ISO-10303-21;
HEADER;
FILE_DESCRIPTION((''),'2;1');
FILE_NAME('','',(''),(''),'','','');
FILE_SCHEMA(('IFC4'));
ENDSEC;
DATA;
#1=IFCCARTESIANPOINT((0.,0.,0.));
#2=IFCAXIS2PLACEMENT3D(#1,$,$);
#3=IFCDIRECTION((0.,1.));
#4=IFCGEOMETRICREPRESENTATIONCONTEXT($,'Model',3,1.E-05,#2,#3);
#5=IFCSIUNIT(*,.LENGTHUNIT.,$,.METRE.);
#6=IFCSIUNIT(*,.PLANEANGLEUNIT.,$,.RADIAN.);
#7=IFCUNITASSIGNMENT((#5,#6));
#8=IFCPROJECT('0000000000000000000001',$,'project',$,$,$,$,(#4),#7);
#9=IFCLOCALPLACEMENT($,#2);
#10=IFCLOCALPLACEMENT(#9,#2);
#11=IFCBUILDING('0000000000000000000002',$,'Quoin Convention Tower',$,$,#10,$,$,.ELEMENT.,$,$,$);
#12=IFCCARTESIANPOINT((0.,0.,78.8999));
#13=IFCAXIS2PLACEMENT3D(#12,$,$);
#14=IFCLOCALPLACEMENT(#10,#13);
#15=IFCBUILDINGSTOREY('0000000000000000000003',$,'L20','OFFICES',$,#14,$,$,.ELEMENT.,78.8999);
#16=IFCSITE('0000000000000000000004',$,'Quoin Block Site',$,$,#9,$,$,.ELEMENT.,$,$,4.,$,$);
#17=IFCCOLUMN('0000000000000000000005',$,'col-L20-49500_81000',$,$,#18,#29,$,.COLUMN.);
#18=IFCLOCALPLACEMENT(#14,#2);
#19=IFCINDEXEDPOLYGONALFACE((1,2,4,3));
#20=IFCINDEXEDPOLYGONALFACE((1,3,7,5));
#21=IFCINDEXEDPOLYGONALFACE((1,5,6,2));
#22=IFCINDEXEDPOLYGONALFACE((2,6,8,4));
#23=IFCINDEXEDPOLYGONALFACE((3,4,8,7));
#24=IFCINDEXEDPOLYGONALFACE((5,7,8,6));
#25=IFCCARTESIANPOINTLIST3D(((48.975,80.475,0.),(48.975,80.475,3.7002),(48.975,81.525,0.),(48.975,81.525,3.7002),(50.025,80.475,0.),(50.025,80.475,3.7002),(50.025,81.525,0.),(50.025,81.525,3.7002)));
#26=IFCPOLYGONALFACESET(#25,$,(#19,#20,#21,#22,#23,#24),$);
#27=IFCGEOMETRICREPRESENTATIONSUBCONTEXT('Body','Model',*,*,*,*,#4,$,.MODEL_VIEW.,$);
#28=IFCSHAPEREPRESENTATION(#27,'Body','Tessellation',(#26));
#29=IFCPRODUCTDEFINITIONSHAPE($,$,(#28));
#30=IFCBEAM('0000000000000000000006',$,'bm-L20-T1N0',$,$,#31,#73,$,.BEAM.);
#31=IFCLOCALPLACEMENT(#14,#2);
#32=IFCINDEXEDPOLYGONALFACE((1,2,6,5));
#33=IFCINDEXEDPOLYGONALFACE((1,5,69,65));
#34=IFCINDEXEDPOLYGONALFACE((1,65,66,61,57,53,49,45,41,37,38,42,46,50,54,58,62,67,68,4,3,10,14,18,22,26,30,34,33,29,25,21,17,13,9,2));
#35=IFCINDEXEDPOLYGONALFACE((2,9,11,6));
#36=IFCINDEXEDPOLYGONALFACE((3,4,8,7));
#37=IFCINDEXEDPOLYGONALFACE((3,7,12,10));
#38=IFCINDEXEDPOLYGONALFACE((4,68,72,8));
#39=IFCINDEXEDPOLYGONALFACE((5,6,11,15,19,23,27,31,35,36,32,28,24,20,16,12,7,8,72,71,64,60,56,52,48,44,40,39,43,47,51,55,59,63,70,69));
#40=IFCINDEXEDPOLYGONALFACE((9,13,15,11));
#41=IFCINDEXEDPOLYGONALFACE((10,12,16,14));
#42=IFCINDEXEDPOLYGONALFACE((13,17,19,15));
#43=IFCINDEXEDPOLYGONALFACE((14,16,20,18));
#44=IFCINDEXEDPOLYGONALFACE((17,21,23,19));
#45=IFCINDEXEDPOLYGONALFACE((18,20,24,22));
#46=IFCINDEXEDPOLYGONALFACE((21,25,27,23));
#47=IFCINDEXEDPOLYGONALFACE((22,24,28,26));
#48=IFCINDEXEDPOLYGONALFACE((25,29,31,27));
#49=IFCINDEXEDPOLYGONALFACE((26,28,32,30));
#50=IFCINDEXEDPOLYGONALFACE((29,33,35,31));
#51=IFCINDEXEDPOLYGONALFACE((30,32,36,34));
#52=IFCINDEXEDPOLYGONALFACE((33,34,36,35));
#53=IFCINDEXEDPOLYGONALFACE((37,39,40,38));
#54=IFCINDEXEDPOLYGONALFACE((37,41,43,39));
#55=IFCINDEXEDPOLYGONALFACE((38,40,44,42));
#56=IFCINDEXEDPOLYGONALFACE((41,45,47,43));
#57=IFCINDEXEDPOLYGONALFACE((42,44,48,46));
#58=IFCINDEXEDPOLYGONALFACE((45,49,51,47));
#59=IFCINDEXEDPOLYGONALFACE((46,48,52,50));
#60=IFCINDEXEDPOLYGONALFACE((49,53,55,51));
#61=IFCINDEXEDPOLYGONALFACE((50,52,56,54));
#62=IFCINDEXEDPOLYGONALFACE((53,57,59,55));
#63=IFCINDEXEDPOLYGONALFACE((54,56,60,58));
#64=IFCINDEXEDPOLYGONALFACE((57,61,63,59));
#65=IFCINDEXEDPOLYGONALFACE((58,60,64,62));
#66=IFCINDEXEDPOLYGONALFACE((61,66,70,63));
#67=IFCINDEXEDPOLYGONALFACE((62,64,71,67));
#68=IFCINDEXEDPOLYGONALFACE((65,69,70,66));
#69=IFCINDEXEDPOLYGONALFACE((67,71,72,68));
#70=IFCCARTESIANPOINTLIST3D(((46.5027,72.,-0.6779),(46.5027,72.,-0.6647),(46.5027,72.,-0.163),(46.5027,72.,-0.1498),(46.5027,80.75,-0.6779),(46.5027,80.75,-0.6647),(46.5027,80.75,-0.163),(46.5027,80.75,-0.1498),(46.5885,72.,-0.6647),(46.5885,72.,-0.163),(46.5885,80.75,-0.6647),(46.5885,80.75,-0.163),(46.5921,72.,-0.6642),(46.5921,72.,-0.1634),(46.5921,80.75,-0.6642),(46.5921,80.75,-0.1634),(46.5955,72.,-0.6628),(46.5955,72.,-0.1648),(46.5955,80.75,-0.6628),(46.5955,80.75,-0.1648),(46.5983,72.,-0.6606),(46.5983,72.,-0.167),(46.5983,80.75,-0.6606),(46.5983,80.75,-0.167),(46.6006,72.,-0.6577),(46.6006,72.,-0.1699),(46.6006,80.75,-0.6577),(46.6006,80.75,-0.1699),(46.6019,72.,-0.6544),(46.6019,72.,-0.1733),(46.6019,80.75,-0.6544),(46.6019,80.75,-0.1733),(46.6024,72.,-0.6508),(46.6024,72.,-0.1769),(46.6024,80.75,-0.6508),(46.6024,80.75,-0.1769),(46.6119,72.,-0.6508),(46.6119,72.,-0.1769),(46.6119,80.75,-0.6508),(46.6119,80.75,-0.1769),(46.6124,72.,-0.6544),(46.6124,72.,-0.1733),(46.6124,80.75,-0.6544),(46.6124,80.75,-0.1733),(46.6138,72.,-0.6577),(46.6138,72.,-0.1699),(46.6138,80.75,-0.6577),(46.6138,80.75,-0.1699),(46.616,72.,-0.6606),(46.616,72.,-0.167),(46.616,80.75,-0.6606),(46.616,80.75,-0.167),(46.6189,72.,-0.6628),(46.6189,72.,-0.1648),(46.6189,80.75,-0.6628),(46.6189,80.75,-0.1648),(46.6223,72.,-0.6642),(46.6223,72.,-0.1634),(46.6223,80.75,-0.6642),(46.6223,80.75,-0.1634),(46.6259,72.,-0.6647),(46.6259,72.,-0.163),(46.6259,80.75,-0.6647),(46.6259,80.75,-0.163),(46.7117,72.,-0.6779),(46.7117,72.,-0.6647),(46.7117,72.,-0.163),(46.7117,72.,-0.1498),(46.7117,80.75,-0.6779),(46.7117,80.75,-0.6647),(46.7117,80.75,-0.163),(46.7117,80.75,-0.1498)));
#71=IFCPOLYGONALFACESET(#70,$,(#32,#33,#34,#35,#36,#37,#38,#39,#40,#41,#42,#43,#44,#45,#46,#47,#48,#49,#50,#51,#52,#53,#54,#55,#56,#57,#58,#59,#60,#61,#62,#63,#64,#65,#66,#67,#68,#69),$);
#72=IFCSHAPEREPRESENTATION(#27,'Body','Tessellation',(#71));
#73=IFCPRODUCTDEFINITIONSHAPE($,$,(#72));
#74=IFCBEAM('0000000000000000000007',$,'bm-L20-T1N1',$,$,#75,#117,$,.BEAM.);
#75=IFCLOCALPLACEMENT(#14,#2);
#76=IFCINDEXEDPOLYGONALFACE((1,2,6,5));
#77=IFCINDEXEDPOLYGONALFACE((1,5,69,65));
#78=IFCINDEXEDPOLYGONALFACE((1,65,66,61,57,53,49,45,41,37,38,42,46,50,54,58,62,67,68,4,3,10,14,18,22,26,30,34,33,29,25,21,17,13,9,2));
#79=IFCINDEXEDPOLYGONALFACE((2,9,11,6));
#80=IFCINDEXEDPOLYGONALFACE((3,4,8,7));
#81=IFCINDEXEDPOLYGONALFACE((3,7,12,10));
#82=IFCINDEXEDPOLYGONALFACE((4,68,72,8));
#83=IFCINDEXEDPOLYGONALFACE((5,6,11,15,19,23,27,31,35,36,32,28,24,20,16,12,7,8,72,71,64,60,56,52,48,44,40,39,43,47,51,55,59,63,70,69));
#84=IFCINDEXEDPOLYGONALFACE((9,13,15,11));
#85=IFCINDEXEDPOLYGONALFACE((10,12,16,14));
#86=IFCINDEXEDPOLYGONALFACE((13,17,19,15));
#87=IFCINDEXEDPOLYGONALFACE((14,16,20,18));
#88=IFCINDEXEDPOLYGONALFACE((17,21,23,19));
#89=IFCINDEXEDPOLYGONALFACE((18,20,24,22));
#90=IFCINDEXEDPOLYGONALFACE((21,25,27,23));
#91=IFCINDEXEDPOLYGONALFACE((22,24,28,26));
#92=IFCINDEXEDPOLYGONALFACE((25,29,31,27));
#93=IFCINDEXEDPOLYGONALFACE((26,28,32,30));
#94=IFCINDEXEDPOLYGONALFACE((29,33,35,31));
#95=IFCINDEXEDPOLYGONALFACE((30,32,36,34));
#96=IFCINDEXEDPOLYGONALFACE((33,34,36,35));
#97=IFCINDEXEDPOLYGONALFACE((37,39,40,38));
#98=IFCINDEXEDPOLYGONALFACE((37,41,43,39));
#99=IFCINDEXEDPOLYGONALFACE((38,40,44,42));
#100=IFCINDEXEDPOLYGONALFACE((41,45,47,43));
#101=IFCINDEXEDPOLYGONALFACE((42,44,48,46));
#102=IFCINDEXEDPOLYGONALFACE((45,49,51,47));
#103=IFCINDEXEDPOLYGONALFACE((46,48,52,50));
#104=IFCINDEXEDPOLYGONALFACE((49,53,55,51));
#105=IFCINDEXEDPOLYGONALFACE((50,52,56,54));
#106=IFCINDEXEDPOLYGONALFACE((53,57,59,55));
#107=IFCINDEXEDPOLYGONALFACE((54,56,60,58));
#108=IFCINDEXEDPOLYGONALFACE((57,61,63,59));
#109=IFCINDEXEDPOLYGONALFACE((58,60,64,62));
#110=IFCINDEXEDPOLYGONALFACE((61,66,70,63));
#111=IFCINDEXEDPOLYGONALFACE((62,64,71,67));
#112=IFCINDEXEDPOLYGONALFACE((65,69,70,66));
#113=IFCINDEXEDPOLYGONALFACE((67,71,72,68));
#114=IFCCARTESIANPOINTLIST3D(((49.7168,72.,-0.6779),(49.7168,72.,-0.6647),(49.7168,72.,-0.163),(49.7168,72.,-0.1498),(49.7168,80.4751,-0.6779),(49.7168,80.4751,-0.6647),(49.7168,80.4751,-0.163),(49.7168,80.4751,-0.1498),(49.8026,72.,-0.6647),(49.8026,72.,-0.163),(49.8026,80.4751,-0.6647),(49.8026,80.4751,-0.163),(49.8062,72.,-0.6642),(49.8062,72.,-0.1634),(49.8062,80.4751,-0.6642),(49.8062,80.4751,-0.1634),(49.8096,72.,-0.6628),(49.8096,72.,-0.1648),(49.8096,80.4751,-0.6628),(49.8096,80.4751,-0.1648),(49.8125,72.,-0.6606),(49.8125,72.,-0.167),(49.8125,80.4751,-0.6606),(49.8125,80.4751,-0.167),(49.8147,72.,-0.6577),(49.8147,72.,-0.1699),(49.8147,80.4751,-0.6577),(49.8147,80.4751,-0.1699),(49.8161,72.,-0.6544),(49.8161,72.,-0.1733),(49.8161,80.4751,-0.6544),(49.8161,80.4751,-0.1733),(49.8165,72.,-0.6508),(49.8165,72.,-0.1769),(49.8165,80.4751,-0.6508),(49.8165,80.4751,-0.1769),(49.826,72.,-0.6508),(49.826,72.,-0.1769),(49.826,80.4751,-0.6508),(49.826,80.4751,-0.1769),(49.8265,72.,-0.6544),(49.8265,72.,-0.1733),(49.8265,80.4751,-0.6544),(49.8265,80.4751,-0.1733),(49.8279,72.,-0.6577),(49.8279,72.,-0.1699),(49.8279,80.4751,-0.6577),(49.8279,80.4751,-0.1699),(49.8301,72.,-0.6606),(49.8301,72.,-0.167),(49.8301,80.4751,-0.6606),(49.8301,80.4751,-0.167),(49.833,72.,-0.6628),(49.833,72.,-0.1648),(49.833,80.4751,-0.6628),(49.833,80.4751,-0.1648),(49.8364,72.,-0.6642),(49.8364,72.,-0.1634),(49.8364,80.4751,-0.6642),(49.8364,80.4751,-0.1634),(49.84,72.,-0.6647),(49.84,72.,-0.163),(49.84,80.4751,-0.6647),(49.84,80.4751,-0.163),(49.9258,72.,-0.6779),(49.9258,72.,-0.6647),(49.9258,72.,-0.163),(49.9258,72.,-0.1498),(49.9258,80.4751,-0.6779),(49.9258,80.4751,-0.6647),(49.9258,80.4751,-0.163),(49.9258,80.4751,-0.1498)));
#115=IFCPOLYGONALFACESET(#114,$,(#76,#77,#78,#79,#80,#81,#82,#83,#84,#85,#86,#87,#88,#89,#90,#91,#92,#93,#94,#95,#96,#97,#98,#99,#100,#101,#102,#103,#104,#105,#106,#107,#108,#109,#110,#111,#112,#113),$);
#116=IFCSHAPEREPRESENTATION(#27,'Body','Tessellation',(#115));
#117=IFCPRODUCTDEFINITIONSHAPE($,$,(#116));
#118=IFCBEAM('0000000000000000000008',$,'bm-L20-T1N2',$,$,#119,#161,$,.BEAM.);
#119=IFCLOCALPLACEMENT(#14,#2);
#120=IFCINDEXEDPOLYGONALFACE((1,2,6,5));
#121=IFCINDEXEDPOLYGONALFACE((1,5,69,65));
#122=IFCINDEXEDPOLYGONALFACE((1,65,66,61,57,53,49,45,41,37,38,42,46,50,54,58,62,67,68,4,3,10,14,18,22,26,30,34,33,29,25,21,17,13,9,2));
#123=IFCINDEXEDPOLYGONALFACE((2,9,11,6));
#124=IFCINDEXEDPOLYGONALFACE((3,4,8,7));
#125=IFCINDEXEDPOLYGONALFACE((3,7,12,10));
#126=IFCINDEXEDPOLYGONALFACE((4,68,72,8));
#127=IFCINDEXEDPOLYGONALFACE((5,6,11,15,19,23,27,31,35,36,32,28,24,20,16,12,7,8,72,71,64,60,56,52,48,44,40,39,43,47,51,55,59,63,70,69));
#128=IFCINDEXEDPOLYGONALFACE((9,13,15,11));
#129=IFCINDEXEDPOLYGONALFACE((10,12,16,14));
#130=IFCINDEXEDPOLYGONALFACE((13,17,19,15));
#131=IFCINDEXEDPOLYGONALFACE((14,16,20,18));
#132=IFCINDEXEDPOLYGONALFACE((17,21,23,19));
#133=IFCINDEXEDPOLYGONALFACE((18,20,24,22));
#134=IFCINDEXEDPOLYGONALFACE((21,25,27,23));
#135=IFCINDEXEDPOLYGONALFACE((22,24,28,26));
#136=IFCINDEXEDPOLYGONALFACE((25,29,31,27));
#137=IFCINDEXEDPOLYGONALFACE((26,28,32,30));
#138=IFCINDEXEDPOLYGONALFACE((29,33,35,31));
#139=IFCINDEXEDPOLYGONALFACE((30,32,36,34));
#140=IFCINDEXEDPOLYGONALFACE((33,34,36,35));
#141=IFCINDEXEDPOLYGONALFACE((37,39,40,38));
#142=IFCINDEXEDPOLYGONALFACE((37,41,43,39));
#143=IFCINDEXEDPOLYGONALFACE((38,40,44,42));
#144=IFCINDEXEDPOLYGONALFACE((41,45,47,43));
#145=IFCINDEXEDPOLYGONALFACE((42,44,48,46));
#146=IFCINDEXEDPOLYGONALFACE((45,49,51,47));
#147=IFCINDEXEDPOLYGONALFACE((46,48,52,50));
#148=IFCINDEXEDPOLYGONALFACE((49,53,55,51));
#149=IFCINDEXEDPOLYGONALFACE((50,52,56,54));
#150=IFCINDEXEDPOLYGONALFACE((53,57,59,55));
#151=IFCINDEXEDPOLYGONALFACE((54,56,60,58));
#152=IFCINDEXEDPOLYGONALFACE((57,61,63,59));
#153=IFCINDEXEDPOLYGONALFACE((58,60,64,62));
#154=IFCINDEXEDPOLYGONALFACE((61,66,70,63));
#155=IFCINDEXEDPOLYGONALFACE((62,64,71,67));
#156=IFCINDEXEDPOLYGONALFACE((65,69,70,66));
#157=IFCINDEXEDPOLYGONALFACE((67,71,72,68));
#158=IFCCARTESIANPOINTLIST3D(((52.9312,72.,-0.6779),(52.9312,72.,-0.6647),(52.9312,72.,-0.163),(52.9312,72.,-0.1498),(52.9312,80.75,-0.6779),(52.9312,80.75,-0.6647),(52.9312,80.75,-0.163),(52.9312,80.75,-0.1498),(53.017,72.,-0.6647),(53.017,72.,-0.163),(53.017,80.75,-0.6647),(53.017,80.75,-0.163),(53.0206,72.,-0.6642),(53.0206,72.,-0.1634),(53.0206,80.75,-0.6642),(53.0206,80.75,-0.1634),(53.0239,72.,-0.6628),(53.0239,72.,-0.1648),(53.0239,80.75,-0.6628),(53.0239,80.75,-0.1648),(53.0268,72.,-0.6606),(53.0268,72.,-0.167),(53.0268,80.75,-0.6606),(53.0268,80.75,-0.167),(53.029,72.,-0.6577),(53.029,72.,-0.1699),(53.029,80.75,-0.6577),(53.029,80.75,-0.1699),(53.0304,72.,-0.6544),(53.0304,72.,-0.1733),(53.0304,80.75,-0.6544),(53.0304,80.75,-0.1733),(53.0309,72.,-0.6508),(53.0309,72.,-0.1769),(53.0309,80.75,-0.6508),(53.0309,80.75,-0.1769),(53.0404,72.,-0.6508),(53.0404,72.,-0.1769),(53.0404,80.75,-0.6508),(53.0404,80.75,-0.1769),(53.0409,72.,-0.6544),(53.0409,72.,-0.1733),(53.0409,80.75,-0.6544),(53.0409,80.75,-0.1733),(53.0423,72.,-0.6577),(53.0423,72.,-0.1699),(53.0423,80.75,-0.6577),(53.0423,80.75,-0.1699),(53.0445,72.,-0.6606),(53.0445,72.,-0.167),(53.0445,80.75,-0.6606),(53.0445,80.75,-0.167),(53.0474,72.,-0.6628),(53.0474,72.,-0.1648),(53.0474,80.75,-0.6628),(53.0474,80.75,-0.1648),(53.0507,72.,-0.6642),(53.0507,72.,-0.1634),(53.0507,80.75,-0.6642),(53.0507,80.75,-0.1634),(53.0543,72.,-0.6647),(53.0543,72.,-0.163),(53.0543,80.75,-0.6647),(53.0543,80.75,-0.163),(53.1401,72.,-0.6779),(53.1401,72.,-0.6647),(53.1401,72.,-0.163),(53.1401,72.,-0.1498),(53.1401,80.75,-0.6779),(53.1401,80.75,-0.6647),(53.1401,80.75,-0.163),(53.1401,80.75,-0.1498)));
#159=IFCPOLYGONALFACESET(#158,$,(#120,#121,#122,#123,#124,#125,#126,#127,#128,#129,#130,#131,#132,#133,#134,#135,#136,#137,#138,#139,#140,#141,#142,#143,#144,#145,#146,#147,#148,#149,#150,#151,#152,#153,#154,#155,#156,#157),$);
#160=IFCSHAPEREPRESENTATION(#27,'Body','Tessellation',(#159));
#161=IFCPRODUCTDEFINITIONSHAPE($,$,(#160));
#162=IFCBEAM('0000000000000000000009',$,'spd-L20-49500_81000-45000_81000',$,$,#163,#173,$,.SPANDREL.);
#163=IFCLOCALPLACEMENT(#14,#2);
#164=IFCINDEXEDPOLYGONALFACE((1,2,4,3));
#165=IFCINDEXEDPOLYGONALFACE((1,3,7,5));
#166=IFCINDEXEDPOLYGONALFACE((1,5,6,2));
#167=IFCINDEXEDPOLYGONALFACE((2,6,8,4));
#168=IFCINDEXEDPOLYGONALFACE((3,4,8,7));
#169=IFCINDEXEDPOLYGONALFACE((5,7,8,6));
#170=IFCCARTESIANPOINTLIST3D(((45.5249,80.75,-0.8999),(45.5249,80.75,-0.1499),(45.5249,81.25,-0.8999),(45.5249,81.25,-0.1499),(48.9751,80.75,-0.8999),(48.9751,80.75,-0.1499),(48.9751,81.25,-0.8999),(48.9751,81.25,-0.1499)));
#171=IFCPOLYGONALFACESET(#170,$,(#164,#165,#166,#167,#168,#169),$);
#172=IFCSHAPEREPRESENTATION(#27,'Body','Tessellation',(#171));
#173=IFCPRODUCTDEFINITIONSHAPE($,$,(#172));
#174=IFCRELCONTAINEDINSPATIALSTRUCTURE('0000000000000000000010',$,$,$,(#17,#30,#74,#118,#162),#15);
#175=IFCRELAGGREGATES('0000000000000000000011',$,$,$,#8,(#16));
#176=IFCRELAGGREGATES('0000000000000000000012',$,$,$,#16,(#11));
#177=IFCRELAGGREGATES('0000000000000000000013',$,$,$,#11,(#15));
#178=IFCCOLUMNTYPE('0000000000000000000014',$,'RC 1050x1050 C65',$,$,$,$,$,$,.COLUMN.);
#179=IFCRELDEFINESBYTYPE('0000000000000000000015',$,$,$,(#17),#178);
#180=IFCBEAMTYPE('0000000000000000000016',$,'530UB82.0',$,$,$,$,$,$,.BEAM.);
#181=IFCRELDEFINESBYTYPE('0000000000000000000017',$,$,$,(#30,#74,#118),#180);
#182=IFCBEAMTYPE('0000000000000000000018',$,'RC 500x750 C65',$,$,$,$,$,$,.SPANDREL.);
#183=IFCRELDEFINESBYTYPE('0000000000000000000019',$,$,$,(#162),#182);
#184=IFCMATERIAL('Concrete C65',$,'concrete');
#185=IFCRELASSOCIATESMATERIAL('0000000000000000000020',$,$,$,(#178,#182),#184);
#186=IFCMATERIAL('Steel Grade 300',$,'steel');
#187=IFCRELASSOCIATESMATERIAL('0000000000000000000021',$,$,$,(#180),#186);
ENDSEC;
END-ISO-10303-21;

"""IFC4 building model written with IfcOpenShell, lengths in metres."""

from ifc_helpers import new_model, si_unit, direction, frame, origin, origin_2d, place, context, subcontext, project, spatial, rectangle, i_section, extrude, material, material_profile, profile_set, type_object, element, save


model = new_model("IFC4")

# Units and contexts
model_context = context("Model", 3, precision=1e-05, world=origin(), true_north=direction((0.0, 1.0)))
body_context = subcontext(model_context, "Body", "Model", "MODEL_VIEW")
ifc_project = project(units=[si_unit("LENGTHUNIT", "METRE"), si_unit("PLANEANGLEUNIT", "RADIAN")], contexts=[model_context])

# Site, building, storey
site_placement = place(None, origin())
site = spatial("IfcSite", under=ifc_project, at=site_placement, Name="Quoin Block Site", CompositionType="ELEMENT", RefElevation=4.0)
building_placement = place(site_placement, origin())
building = spatial("IfcBuilding", under=site, at=building_placement, Name="Quoin Convention Tower", CompositionType="ELEMENT")
storey_placement = place(building_placement, frame((0.0, 0.0, 78.8999)))
storey = spatial("IfcBuildingStorey", under=building, at=storey_placement, Name="L20", Description="OFFICES", CompositionType="ELEMENT", Elevation=78.8999)

# Column
ifc_material_1 = material(Name="Concrete C65", Category="concrete")
ifc_material_profile_1 = material_profile(ifc_material_1, rectangle(XDim=1.05, YDim=1.05, at=origin_2d()), Name="RC 1050x1050")
ifc_profile_set_1 = profile_set([ifc_material_profile_1], Name="Concrete C65")
column_type = type_object("IfcColumnType", Name="RC 1050x1050 C65", PredefinedType="COLUMN", material=ifc_profile_set_1)
column_placement = place(storey_placement, frame((49.5, 81.0, 0.0), z_axis=(0.0, 0.0, 1.0), x_axis=(1.0, 0.0, 0.0)))
element("IfcColumn", 1, at=column_placement, inside=storey, type_object=column_type, Name="col-L20-49500_81000", PredefinedType="COLUMN", context=body_context, shape_type="SweptSolid", body=[
    extrude(rectangle(XDim=1.05, YDim=1.05, at=origin_2d()), origin(), (0.0, 0.0, 1.0), 3.7002),
])

# Beams
ifc_material_2 = material(Name="Steel Grade 300", Category="steel")
ifc_material_profile_2 = material_profile(ifc_material_2, i_section(OverallWidth=0.209, OverallDepth=0.5281, WebThickness=0.0095, FlangeThickness=0.0132, FilletRadius=0.0139, at=origin_2d()), Name="530UB82.0")
ifc_profile_set_2 = profile_set([ifc_material_profile_2], Name="Steel Grade 300")
beam_type_1 = type_object("IfcBeamType", Name="530UB82.0", PredefinedType="BEAM", material=ifc_profile_set_2)
beam_1_placement = place(storey_placement, frame((46.6072, 72.0, -0.4138), z_axis=(0.0, 1.0, 0.0), x_axis=(-1.0, 0.0, 0.0)))
element("IfcBeam", 2, at=beam_1_placement, inside=storey, type_object=beam_type_1, Name="bm-L20-T1N0", PredefinedType="BEAM", context=body_context, shape_type="SweptSolid", body=[
    extrude(i_section(OverallWidth=0.209, OverallDepth=0.5281, WebThickness=0.0095, FlangeThickness=0.0132, FilletRadius=0.0139, at=origin_2d()), origin(), (0.0, 0.0, 1.0), 8.75),
])
beam_2_placement = place(storey_placement, frame((49.8213, 72.0, -0.4138), z_axis=(0.0, 1.0, 0.0), x_axis=(-1.0, 0.0, 0.0)))
element("IfcBeam", 3, at=beam_2_placement, inside=storey, type_object=beam_type_1, Name="bm-L20-T1N1", PredefinedType="BEAM", context=body_context, shape_type="SweptSolid", body=[
    extrude(i_section(OverallWidth=0.209, OverallDepth=0.5281, WebThickness=0.0095, FlangeThickness=0.0132, FilletRadius=0.0139, at=origin_2d()), origin(), (0.0, 0.0, 1.0), 8.4751),
])
beam_3_placement = place(storey_placement, frame((53.0356, 72.0, -0.4138), z_axis=(0.0, 1.0, 0.0), x_axis=(-1.0, 0.0, 0.0)))
element("IfcBeam", 4, at=beam_3_placement, inside=storey, type_object=beam_type_1, Name="bm-L20-T1N2", PredefinedType="BEAM", context=body_context, shape_type="SweptSolid", body=[
    extrude(i_section(OverallWidth=0.209, OverallDepth=0.5281, WebThickness=0.0095, FlangeThickness=0.0132, FilletRadius=0.0139, at=origin_2d()), origin(), (0.0, 0.0, 1.0), 8.75),
])
ifc_material_profile_3 = material_profile(ifc_material_1, rectangle(XDim=0.5, YDim=0.75, at=origin_2d()), Name="RC 500x750")
ifc_profile_set_3 = profile_set([ifc_material_profile_3], Name="Concrete C65")
beam_type_2 = type_object("IfcBeamType", Name="RC 500x750 C65", PredefinedType="SPANDREL", material=ifc_profile_set_3)
beam_4_placement = place(storey_placement, frame((48.9751, 81.0, -0.5249), z_axis=(-1.0, 0.0, 0.0), x_axis=(0.0, -1.0, 0.0)))
element("IfcBeam", 5, at=beam_4_placement, inside=storey, type_object=beam_type_2, Name="spd-L20-49500_81000-45000_81000", PredefinedType="SPANDREL", context=body_context, shape_type="SweptSolid", body=[
    extrude(rectangle(XDim=0.5, YDim=0.75, at=origin_2d()), origin(), (0.0, 0.0, 1.0), 3.4502),
])

save(model, "model.ifc")
